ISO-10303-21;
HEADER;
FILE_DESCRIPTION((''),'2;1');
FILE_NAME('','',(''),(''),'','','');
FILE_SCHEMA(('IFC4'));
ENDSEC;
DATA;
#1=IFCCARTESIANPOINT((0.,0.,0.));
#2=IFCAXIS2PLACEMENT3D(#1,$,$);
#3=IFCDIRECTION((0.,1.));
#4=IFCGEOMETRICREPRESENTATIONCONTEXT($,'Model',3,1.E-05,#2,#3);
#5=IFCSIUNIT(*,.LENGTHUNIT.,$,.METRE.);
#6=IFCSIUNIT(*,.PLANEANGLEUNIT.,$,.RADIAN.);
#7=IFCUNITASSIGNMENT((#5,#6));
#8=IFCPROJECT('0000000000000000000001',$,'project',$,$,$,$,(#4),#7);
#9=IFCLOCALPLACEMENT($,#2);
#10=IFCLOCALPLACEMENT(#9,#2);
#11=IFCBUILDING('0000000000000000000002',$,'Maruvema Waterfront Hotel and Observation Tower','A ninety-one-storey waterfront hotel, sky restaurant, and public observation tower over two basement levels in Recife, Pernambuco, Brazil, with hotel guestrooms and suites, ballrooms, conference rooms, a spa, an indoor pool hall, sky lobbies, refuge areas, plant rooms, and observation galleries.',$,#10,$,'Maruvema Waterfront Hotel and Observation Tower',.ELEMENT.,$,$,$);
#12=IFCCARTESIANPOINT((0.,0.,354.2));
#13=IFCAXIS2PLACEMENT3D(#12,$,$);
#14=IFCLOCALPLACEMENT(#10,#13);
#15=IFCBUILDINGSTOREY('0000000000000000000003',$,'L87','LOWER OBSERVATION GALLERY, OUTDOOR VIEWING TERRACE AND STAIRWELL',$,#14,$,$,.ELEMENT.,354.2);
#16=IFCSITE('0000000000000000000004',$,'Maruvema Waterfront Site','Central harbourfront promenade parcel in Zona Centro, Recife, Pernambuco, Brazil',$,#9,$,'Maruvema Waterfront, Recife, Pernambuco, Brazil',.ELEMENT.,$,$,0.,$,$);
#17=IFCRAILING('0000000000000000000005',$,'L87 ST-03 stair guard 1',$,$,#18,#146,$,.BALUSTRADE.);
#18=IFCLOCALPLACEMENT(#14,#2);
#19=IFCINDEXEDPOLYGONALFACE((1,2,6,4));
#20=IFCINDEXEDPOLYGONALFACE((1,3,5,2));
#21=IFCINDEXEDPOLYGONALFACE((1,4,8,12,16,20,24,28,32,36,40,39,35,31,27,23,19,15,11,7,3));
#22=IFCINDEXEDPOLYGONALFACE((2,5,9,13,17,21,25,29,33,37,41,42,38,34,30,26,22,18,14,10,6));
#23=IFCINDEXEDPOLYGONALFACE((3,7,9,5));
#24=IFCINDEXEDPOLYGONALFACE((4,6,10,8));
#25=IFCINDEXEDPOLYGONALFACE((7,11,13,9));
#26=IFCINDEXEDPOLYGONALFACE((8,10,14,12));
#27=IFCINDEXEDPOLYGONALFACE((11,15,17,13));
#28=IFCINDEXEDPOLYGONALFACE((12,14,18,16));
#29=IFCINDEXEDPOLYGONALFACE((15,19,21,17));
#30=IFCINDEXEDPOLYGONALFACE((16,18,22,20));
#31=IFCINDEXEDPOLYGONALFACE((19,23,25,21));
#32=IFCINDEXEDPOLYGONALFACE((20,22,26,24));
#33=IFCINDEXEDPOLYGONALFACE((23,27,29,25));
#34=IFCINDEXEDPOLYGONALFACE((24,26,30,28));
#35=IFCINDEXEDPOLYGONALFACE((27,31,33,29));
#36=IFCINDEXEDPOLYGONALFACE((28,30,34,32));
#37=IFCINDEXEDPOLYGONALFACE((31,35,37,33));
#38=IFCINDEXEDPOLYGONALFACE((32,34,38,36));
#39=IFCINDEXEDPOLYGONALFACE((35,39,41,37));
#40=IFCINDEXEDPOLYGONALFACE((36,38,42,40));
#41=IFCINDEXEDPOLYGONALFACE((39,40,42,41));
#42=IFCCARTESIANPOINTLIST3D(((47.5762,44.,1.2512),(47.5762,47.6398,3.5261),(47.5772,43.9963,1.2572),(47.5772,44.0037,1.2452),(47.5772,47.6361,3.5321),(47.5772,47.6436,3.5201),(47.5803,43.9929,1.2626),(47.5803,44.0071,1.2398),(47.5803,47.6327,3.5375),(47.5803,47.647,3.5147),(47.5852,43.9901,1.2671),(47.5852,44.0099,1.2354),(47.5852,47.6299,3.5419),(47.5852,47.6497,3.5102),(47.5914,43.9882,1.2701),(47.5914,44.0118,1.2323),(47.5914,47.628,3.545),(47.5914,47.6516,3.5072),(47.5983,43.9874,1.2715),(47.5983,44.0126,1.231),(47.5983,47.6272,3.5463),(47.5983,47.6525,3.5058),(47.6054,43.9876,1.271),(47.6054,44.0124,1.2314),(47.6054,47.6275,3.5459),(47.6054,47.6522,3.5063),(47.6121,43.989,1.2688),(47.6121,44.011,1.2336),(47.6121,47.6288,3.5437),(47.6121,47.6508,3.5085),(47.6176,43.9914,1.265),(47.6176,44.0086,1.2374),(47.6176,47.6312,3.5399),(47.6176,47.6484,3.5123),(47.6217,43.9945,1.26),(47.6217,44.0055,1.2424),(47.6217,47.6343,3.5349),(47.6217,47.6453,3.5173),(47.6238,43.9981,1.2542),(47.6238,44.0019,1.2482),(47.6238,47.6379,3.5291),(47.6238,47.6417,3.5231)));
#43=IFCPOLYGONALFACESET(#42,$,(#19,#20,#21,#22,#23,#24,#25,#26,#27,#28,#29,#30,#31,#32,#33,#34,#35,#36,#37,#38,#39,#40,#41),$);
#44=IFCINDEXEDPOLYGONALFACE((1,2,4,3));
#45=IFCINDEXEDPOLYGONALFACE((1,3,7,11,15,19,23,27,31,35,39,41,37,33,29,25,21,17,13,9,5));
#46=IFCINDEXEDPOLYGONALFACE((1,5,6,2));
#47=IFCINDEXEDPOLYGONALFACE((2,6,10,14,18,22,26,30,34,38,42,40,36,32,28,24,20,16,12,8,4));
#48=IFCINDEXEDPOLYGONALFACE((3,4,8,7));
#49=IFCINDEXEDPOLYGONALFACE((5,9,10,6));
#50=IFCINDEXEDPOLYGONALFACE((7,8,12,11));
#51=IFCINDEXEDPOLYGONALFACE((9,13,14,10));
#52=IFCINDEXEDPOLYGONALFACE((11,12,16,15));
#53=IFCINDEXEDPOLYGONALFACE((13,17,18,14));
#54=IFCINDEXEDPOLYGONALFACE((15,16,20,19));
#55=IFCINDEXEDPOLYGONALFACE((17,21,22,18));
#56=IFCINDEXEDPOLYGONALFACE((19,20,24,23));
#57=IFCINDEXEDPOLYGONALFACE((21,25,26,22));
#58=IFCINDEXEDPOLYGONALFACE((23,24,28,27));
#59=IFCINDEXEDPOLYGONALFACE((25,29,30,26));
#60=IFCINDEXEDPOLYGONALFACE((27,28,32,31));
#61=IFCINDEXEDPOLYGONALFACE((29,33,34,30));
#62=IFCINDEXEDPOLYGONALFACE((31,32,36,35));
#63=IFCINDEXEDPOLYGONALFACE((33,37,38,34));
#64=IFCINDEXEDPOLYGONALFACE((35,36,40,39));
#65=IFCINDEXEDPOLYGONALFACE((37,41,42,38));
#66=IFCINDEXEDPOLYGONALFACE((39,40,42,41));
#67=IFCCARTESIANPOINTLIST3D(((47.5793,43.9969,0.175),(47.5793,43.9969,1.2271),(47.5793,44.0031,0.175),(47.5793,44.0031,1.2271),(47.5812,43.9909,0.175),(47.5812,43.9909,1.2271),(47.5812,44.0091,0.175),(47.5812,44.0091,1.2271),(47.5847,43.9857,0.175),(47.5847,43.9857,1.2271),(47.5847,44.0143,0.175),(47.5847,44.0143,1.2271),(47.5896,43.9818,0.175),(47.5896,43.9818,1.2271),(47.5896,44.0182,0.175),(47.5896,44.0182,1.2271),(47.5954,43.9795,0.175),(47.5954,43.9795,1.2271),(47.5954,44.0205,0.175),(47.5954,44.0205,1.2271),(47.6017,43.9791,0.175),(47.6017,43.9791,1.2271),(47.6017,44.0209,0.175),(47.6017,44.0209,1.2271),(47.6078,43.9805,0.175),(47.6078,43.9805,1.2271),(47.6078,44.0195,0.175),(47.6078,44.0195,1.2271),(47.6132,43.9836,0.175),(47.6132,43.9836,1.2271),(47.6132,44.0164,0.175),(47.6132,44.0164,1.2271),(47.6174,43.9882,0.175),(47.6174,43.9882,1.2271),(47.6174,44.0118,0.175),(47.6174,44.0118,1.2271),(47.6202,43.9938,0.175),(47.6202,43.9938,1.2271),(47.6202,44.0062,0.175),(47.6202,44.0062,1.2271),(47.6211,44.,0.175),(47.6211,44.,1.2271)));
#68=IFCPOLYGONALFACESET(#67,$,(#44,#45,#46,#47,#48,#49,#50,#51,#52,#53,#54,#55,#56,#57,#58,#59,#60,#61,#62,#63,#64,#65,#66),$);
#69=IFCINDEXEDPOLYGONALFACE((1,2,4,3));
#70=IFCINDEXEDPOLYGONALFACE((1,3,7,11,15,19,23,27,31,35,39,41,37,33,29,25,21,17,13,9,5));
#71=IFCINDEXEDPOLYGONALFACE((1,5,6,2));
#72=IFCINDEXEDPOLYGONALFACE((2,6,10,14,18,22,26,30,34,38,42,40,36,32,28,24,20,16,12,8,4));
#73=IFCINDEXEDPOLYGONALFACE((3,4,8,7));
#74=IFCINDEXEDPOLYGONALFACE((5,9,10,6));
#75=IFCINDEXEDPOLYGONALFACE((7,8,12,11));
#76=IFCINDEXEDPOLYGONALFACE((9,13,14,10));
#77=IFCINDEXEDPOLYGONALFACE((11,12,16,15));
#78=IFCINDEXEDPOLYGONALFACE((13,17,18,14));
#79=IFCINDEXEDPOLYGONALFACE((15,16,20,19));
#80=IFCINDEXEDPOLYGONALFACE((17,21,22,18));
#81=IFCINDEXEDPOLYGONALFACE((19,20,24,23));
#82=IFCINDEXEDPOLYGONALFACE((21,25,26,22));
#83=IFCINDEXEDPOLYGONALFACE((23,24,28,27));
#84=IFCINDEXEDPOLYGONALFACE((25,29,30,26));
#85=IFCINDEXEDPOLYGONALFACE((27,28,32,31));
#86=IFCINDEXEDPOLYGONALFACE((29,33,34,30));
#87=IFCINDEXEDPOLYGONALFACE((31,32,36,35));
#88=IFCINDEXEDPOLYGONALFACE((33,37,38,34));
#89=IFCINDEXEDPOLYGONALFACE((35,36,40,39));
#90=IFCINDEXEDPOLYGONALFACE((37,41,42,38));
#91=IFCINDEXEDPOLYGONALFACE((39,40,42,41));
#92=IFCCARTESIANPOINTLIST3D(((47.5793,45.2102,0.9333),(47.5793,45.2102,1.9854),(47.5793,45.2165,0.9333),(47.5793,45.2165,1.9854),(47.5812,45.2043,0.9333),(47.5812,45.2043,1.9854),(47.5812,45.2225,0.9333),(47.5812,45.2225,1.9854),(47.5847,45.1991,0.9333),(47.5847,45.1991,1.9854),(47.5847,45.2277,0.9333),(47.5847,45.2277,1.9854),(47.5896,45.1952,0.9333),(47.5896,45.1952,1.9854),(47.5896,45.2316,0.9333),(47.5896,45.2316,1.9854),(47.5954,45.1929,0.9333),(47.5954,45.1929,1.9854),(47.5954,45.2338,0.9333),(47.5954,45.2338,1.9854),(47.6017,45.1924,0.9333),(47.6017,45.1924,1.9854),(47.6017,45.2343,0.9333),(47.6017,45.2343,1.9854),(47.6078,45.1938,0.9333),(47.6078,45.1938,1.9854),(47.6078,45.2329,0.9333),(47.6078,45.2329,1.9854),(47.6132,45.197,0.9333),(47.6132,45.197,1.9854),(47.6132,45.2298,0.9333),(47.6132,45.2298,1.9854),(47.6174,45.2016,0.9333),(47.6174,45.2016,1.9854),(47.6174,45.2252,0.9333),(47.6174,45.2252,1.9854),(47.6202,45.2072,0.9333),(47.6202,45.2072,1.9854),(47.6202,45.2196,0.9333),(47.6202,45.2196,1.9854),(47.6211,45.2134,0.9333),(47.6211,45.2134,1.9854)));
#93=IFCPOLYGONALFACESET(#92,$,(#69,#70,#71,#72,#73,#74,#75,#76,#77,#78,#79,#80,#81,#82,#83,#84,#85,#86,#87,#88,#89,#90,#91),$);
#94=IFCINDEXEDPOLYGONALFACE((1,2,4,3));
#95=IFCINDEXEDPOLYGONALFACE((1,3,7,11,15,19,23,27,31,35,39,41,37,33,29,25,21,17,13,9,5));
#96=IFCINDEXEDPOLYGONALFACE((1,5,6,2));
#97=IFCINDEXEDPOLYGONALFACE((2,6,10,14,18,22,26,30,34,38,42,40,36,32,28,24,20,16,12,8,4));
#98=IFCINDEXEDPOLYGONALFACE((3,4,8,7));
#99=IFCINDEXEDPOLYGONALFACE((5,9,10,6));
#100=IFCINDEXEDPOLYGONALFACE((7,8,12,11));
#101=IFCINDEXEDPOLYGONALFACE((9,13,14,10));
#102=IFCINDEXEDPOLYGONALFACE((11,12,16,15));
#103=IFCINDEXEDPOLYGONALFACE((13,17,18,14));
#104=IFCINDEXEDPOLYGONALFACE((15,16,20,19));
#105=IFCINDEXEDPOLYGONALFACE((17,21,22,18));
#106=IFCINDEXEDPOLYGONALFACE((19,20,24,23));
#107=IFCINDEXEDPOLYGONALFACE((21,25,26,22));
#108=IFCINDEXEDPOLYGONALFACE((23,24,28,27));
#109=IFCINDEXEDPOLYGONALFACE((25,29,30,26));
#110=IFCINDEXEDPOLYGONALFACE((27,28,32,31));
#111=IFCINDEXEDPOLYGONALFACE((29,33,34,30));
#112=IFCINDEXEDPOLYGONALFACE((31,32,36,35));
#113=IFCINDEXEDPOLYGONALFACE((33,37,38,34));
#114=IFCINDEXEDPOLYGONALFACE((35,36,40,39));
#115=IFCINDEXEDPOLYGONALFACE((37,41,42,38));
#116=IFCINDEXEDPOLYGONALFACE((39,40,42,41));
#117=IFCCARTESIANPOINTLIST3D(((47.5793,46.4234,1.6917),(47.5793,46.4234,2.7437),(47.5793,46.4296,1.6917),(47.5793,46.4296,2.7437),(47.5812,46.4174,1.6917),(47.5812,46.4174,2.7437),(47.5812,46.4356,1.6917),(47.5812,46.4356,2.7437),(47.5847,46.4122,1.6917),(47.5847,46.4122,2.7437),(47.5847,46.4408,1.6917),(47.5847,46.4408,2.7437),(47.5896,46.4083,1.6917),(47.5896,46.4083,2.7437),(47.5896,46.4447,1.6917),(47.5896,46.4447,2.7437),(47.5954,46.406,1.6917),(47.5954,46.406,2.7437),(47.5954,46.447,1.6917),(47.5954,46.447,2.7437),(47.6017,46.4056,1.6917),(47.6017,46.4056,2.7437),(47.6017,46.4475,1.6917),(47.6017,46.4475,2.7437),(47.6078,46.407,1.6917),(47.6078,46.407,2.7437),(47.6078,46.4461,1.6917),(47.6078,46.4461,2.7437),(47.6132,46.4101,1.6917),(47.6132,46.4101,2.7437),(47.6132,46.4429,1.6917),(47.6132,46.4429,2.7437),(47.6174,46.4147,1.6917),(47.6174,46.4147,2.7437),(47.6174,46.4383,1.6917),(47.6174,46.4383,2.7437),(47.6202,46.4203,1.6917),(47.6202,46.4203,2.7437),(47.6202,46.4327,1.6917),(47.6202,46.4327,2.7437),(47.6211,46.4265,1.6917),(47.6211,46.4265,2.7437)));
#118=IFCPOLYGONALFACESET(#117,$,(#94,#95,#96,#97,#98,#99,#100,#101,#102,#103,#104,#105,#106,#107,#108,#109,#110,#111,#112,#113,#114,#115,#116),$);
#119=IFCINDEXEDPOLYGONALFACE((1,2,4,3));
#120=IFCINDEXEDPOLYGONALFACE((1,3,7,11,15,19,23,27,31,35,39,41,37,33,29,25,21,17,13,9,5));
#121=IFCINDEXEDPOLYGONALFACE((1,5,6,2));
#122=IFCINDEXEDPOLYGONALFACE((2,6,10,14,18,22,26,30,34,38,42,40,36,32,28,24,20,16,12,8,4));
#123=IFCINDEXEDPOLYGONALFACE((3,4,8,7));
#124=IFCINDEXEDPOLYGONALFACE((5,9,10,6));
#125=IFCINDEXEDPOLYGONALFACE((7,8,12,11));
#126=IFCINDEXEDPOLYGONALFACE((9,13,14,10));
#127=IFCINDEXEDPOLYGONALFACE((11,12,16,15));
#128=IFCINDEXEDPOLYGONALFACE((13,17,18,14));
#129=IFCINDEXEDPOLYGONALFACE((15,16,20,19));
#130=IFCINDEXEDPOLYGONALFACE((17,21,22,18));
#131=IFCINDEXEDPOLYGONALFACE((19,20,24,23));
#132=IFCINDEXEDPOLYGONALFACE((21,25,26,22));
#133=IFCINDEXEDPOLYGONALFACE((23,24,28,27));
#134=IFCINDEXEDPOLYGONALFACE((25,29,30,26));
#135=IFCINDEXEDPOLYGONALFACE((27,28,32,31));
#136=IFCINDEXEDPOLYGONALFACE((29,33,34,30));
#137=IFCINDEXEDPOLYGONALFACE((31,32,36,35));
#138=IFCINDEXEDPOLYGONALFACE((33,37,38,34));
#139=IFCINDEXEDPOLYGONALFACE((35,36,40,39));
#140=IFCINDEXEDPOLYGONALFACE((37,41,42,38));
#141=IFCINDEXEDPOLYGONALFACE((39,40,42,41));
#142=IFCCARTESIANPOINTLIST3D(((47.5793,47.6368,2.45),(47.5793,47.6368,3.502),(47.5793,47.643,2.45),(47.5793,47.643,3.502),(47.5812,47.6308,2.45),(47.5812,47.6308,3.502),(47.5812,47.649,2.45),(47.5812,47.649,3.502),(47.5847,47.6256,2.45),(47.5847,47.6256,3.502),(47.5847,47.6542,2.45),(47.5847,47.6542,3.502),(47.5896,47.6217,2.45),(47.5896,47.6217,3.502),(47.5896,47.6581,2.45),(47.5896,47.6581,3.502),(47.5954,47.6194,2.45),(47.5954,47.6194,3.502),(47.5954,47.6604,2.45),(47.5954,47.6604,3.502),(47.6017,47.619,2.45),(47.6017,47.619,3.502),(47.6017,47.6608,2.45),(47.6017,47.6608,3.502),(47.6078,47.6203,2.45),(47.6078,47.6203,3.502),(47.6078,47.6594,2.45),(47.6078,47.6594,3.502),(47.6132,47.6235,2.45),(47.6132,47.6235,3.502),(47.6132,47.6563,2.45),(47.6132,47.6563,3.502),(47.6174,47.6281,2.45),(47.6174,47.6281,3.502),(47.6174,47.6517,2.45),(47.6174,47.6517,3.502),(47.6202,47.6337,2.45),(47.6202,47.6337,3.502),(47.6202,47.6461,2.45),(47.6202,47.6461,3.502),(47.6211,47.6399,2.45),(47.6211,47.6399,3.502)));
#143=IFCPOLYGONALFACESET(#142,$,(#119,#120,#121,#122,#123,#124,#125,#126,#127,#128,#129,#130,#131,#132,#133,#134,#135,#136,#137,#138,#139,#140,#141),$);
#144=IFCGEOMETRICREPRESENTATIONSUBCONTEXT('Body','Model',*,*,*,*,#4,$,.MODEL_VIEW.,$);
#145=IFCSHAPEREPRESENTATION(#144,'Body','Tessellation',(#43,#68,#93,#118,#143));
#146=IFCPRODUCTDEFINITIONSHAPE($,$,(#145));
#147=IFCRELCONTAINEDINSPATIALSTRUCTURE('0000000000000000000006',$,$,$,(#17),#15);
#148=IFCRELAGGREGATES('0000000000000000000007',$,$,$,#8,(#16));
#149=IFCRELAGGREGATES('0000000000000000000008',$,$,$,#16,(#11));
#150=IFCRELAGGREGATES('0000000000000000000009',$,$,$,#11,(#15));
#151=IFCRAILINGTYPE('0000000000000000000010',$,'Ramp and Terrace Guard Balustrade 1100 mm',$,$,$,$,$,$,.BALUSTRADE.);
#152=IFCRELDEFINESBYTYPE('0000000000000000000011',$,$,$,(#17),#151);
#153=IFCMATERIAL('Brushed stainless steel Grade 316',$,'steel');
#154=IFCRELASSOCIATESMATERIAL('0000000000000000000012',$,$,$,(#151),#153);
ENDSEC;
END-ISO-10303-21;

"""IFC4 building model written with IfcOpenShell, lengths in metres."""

from ifc_helpers import new_model, si_unit, direction, frame, origin, origin_2d, place, context, subcontext, project, spatial, circle, extrude, material, type_object, element, save


model = new_model("IFC4")

# Units and contexts
model_context = context("Model", 3, precision=1e-05, world=origin(), true_north=direction((0.0, 1.0)))
body_context = subcontext(model_context, "Body", "Model", "MODEL_VIEW")
ifc_project = project(units=[si_unit("LENGTHUNIT", "METRE"), si_unit("PLANEANGLEUNIT", "RADIAN")], contexts=[model_context])

# Site, building, storey
site_placement = place(None, origin())
site = spatial("IfcSite", under=ifc_project, at=site_placement, Name="Maruvema Waterfront Site", Description="Central harbourfront promenade parcel in Zona Centro, Recife, Pernambuco, Brazil", LongName="Maruvema Waterfront, Recife, Pernambuco, Brazil", CompositionType="ELEMENT", RefElevation=0.0)
building_placement = place(site_placement, origin())
building = spatial("IfcBuilding", under=site, at=building_placement, Name="Maruvema Waterfront Hotel and Observation Tower", Description="A ninety-one-storey waterfront hotel, sky restaurant, and public observation tower over two basement levels in Recife, Pernambuco, Brazil, with hotel guestrooms and suites, ballrooms, conference rooms, a spa, an indoor pool hall, sky lobbies, refuge areas, plant rooms, and observation galleries.", LongName="Maruvema Waterfront Hotel and Observation Tower", CompositionType="ELEMENT")
storey_placement = place(building_placement, frame((0.0, 0.0, 354.2)))
storey = spatial("IfcBuildingStorey", under=building, at=storey_placement, Name="L87", Description="LOWER OBSERVATION GALLERY, OUTDOOR VIEWING TERRACE AND STAIRWELL", CompositionType="ELEMENT", Elevation=354.2)

# Railing
ifc_material_1 = material(Name="Brushed stainless steel Grade 316", Category="steel")
railing_type_1 = type_object("IfcRailingType", Name="Ramp and Terrace Guard Balustrade 1100 mm", PredefinedType="BALUSTRADE", material=ifc_material_1)
railing_1_placement = place(storey_placement, frame((47.6001, 44.0, 0.175)))
element("IfcRailing", 1, at=railing_1_placement, inside=storey, type_object=railing_type_1, Name="L87 ST-03 stair guard 1", PredefinedType="BALUSTRADE", context=body_context, shape_type="SweptSolid", body=[
    extrude(circle(Radius=0.0239, at=origin_2d()), frame((0.0, 0.0, 1.0762), z_axis=(0.0, 0.848001, 0.529994), x_axis=(-1.0, 0.0, 0.0)), (0.0, 0.0, 1.0), 4.2922),
    extrude(circle(Radius=0.021, at=origin_2d()), origin(), (0.0, 0.0, 1.0), 1.052),
    extrude(circle(Radius=0.021, at=origin_2d()), frame((0.0, 1.2134, 0.7583)), (0.0, 0.0, 1.0), 1.052),
    extrude(circle(Radius=0.021, at=origin_2d()), frame((0.0, 2.4265, 1.5166)), (0.0, 0.0, 1.0), 1.052),
    extrude(circle(Radius=0.021, at=origin_2d()), frame((0.0, 3.6399, 2.2749)), (0.0, 0.0, 1.0), 1.052),
])

save(model, "model.ifc")
